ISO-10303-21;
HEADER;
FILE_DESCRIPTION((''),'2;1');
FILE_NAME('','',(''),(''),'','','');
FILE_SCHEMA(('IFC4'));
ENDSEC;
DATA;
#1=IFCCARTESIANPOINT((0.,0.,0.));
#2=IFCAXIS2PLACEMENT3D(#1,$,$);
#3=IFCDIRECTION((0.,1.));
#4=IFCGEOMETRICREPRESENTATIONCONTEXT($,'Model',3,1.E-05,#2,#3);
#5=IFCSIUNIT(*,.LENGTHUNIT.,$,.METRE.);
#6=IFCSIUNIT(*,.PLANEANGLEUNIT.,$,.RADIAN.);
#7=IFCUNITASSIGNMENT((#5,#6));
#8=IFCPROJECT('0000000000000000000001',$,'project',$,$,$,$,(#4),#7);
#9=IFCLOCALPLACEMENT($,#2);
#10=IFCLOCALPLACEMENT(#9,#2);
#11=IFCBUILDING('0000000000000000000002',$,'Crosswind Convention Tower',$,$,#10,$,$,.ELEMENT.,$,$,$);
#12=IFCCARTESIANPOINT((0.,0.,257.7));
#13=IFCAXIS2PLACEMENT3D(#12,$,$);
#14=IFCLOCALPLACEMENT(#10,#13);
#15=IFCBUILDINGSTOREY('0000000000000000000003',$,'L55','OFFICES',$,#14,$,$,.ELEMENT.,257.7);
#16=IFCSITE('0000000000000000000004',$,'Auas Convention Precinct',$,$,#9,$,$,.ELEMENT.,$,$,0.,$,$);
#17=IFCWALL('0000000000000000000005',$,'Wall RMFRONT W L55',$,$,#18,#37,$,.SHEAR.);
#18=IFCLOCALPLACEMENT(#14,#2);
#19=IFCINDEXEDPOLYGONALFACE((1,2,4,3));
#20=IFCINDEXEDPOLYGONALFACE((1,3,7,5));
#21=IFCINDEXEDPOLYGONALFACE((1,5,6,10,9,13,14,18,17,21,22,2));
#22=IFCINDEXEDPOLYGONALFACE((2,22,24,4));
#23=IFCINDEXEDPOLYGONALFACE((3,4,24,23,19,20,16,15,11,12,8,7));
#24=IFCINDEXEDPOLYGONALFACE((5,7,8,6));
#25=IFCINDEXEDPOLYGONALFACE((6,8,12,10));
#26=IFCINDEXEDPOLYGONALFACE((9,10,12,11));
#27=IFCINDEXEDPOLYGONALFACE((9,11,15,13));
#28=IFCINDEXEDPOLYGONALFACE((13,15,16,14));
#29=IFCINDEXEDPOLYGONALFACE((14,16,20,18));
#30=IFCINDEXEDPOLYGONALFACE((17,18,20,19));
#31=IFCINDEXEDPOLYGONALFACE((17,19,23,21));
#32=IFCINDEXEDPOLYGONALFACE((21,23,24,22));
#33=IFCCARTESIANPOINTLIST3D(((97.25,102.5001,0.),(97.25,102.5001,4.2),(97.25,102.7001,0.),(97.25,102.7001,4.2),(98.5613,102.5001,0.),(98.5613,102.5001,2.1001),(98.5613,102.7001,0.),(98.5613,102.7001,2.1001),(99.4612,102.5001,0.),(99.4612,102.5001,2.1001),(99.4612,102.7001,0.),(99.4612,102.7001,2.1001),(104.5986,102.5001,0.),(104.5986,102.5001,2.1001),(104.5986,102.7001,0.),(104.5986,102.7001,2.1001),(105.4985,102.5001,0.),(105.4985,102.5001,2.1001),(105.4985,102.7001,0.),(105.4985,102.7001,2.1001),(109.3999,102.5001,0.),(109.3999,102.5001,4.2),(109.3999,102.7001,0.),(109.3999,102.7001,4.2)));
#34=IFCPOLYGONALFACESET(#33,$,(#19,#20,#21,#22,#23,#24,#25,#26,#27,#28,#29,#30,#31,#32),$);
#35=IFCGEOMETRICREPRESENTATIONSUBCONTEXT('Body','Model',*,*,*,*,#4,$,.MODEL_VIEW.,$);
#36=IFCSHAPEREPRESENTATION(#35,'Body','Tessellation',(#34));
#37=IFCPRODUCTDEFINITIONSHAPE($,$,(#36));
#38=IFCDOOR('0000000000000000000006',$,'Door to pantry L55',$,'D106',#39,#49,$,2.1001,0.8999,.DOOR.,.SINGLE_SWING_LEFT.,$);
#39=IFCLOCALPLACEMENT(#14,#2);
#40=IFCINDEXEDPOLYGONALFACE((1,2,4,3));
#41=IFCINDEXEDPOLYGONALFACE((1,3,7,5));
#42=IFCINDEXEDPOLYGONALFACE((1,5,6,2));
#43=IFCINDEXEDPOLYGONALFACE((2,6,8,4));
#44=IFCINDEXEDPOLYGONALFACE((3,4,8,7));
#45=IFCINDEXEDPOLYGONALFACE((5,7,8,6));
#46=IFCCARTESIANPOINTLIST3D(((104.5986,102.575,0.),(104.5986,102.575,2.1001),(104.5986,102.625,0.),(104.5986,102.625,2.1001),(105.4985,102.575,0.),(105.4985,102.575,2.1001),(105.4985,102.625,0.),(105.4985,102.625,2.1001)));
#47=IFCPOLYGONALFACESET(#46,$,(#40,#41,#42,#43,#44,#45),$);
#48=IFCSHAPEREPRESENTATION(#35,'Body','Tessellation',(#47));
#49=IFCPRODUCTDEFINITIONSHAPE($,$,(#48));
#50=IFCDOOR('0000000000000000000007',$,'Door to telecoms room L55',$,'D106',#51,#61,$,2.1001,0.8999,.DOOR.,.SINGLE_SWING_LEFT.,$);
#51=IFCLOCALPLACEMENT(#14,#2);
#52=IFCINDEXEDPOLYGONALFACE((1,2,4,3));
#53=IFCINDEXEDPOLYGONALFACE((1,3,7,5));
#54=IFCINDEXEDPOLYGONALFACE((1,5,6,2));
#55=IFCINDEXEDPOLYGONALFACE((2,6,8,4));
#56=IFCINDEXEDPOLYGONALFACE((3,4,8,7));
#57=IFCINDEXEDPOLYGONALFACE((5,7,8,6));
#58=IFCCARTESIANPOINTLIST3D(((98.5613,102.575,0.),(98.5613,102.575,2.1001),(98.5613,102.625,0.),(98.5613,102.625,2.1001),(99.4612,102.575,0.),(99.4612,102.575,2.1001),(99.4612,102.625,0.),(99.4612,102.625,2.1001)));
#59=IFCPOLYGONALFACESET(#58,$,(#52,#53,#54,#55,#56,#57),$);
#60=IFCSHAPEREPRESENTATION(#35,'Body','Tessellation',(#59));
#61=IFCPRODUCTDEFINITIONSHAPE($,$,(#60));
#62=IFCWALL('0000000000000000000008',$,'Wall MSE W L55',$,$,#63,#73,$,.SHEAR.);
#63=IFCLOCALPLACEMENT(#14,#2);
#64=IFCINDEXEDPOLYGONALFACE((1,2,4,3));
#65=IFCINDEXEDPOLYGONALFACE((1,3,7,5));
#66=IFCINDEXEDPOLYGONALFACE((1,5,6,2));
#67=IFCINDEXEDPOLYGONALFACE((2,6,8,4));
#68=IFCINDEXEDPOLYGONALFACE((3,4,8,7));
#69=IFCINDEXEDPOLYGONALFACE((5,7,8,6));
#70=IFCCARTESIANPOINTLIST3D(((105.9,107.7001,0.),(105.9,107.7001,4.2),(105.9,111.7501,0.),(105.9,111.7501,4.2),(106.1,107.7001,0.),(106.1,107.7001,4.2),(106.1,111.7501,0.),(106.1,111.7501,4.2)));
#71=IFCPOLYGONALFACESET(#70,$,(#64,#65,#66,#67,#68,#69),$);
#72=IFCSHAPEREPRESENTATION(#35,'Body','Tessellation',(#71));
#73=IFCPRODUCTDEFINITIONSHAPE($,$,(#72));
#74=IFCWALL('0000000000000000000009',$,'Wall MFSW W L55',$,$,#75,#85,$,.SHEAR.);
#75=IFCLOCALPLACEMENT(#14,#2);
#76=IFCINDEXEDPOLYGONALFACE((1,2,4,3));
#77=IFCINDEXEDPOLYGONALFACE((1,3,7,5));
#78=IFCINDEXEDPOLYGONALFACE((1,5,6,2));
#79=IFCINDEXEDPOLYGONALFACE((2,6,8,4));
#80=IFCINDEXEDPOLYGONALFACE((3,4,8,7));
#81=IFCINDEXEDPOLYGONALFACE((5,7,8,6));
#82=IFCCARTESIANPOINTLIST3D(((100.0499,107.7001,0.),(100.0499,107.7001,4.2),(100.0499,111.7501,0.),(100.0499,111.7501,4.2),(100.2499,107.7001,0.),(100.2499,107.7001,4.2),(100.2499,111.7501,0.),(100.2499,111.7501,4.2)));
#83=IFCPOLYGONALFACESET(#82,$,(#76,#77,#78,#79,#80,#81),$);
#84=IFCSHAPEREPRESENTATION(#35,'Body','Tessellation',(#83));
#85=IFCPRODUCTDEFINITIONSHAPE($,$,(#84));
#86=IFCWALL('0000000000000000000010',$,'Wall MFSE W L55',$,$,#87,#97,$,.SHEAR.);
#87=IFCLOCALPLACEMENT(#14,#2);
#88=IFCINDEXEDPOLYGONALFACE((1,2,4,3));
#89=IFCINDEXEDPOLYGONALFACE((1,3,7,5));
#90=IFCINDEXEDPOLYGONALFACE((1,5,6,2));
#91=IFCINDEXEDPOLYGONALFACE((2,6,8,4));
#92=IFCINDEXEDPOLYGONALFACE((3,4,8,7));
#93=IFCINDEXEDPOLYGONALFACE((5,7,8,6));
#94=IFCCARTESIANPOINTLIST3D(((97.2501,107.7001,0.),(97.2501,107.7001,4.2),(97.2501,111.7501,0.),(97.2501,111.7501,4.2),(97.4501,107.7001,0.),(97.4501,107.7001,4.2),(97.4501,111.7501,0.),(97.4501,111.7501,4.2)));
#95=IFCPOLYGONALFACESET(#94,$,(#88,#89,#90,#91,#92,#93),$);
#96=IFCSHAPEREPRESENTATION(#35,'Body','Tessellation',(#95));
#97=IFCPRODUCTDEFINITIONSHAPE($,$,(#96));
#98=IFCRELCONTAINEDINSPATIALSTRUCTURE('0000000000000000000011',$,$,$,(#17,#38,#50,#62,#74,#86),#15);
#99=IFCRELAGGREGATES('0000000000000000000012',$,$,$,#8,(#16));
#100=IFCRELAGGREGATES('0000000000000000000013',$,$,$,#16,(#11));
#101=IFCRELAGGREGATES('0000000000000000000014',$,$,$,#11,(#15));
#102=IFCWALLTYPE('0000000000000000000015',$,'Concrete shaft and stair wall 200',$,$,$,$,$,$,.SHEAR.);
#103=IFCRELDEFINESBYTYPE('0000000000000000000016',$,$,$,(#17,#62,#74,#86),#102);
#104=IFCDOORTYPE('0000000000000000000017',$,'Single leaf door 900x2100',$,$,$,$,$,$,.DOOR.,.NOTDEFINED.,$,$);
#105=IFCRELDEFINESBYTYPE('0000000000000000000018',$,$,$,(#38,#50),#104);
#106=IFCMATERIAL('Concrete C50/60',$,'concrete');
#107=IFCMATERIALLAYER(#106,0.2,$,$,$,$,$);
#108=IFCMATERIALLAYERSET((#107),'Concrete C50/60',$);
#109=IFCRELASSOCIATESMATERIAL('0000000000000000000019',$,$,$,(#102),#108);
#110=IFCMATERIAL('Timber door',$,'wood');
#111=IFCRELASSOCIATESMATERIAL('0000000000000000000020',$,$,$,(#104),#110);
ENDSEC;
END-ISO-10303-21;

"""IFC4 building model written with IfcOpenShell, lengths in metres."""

from ifc_helpers import new_model, si_unit, direction, frame, frame_2d, origin, place, context, subcontext, project, spatial, rectangle, extrude, material, layer, layer_set, type_object, element, fill, save


model = new_model("IFC4")

# Units and contexts
model_context = context("Model", 3, precision=1e-05, world=origin(), true_north=direction((0.0, 1.0)))
body_context = subcontext(model_context, "Body", "Model", "MODEL_VIEW")
ifc_project = project(units=[si_unit("LENGTHUNIT", "METRE"), si_unit("PLANEANGLEUNIT", "RADIAN")], contexts=[model_context])

# Site, building, storey
site_placement = place(None, origin())
site = spatial("IfcSite", under=ifc_project, at=site_placement, Name="Auas Convention Precinct", CompositionType="ELEMENT", RefElevation=0.0)
building_placement = place(site_placement, origin())
building = spatial("IfcBuilding", under=site, at=building_placement, Name="Crosswind Convention Tower", CompositionType="ELEMENT")
storey_placement = place(building_placement, frame((0.0, 0.0, 257.7)))
storey = spatial("IfcBuildingStorey", under=building, at=storey_placement, Name="L55", Description="OFFICES", CompositionType="ELEMENT", Elevation=257.7)

# Shared definitions
ifc_material_1 = material(Name="Concrete C50/60", Category="concrete")
ifc_layer_1 = layer(ifc_material_1, 0.2)
ifc_layer_set_1 = layer_set([ifc_layer_1], Name="Concrete C50/60")
wall_type_1 = type_object("IfcWallType", Name="Concrete shaft and stair wall 200", PredefinedType="SHEAR", material=ifc_layer_set_1)

# Wall, openings, doors
wall_1_placement = place(storey_placement, frame((109.3999, 102.6001, 0.0), z_axis=(0.0, 0.0, 1.0), x_axis=(-1.0, 0.0, 0.0)))
wall_1 = element("IfcWall", 1, at=wall_1_placement, inside=storey, type_object=wall_type_1, Name="Wall RMFRONT W L55", PredefinedType="SHEAR", context=body_context, shape_type="SweptSolid", body=[
    extrude(rectangle(XDim=12.1499, YDim=0.2, at=frame_2d((6.075, 0.0))), origin(), (0.0, 0.0, 1.0), 4.2),
])
opening_1_placement = place(wall_1_placement, frame((3.9014, 0.0, 0.0)))
opening_1 = element("IfcOpeningElement", 2, at=opening_1_placement, cuts=wall_1, PredefinedType="OPENING", context=body_context, shape_type="SweptSolid", body=[
    extrude(rectangle(XDim=0.8999, YDim=2.1001, at=frame_2d((0.45, 1.05))), frame((0.0, 0.1099, 0.0), z_axis=(0.0, -1.0, 0.0), x_axis=(1.0, 0.0, 0.0)), (0.0, 0.0, 1.0), 0.22),
])
opening_2_placement = place(wall_1_placement, frame((9.9387, 0.0, 0.0)))
opening_2 = element("IfcOpeningElement", 3, at=opening_2_placement, cuts=wall_1, PredefinedType="OPENING", context=body_context, shape_type="SweptSolid", body=[
    extrude(rectangle(XDim=0.8999, YDim=2.1001, at=frame_2d((0.45, 1.05))), frame((0.0, 0.1099, 0.0), z_axis=(0.0, -1.0, 0.0), x_axis=(1.0, 0.0, 0.0)), (0.0, 0.0, 1.0), 0.22),
])
ifc_material_2 = material(Name="Timber door", Category="wood")
door_type_1 = type_object("IfcDoorType", Name="Single leaf door 900x2100", OperationType="NOTDEFINED", PredefinedType="DOOR", material=ifc_material_2)
door_1_placement = place(opening_1_placement, frame((0.8999, 0.0, 0.0), z_axis=(0.0, 0.0, 1.0), x_axis=(-1.0, 0.0, 0.0)))
door_1 = element("IfcDoor", 4, at=door_1_placement, inside=storey, type_object=door_type_1, Name="Door to pantry L55", ObjectType="D106", OperationType="SINGLE_SWING_LEFT", OverallHeight=2.1001, OverallWidth=0.8999, PredefinedType="DOOR", context=body_context, shape_type="SweptSolid", body=[
    extrude(rectangle(XDim=0.8999, YDim=2.1001, at=frame_2d((0.45, 1.05))), frame((0.0, 0.0249, 0.0), z_axis=(0.0, -1.0, 0.0), x_axis=(1.0, 0.0, 0.0)), (0.0, 0.0, 1.0), 0.05),
])
fill(opening_1, door_1)
door_2_placement = place(opening_2_placement, frame((0.8999, 0.0, 0.0), z_axis=(0.0, 0.0, 1.0), x_axis=(-1.0, 0.0, 0.0)))
door_2 = element("IfcDoor", 5, at=door_2_placement, inside=storey, type_object=door_type_1, Name="Door to telecoms room L55", ObjectType="D106", OperationType="SINGLE_SWING_LEFT", OverallHeight=2.1001, OverallWidth=0.8999, PredefinedType="DOOR", context=body_context, shape_type="SweptSolid", body=[
    extrude(rectangle(XDim=0.8999, YDim=2.1001, at=frame_2d((0.45, 1.05))), frame((0.0, 0.0249, 0.0), z_axis=(0.0, -1.0, 0.0), x_axis=(1.0, 0.0, 0.0)), (0.0, 0.0, 1.0), 0.05),
])
fill(opening_2, door_2)

# Walls
for number, where, z_axis, x_axis, name in (
    (6, (106.0, 111.75, 0.0), (0.0, 0.0, 1.0), (0.0, -1.0, 0.0), "Wall MSE W L55"),
    (7, (100.1499, 111.75, 0.0), (0.0, 0.0, 1.0), (0.0, -1.0, 0.0), "Wall MFSW W L55"),
    (8, (97.3501, 111.75, 0.0), (0.0, 0.0, 1.0), (0.0, -1.0, 0.0), "Wall MFSE W L55"),
):
    element("IfcWall", number, at=place(storey_placement, frame(where, z_axis=z_axis, x_axis=x_axis)), inside=storey, type_object=wall_type_1, Name=name, PredefinedType="SHEAR", context=body_context, shape_type="SweptSolid", body=[
        extrude(rectangle(XDim=4.05, YDim=0.2, at=frame_2d((2.0249, 0.0))), origin(), (0.0, 0.0, 1.0), 4.2),
    ])

save(model, "model.ifc")
